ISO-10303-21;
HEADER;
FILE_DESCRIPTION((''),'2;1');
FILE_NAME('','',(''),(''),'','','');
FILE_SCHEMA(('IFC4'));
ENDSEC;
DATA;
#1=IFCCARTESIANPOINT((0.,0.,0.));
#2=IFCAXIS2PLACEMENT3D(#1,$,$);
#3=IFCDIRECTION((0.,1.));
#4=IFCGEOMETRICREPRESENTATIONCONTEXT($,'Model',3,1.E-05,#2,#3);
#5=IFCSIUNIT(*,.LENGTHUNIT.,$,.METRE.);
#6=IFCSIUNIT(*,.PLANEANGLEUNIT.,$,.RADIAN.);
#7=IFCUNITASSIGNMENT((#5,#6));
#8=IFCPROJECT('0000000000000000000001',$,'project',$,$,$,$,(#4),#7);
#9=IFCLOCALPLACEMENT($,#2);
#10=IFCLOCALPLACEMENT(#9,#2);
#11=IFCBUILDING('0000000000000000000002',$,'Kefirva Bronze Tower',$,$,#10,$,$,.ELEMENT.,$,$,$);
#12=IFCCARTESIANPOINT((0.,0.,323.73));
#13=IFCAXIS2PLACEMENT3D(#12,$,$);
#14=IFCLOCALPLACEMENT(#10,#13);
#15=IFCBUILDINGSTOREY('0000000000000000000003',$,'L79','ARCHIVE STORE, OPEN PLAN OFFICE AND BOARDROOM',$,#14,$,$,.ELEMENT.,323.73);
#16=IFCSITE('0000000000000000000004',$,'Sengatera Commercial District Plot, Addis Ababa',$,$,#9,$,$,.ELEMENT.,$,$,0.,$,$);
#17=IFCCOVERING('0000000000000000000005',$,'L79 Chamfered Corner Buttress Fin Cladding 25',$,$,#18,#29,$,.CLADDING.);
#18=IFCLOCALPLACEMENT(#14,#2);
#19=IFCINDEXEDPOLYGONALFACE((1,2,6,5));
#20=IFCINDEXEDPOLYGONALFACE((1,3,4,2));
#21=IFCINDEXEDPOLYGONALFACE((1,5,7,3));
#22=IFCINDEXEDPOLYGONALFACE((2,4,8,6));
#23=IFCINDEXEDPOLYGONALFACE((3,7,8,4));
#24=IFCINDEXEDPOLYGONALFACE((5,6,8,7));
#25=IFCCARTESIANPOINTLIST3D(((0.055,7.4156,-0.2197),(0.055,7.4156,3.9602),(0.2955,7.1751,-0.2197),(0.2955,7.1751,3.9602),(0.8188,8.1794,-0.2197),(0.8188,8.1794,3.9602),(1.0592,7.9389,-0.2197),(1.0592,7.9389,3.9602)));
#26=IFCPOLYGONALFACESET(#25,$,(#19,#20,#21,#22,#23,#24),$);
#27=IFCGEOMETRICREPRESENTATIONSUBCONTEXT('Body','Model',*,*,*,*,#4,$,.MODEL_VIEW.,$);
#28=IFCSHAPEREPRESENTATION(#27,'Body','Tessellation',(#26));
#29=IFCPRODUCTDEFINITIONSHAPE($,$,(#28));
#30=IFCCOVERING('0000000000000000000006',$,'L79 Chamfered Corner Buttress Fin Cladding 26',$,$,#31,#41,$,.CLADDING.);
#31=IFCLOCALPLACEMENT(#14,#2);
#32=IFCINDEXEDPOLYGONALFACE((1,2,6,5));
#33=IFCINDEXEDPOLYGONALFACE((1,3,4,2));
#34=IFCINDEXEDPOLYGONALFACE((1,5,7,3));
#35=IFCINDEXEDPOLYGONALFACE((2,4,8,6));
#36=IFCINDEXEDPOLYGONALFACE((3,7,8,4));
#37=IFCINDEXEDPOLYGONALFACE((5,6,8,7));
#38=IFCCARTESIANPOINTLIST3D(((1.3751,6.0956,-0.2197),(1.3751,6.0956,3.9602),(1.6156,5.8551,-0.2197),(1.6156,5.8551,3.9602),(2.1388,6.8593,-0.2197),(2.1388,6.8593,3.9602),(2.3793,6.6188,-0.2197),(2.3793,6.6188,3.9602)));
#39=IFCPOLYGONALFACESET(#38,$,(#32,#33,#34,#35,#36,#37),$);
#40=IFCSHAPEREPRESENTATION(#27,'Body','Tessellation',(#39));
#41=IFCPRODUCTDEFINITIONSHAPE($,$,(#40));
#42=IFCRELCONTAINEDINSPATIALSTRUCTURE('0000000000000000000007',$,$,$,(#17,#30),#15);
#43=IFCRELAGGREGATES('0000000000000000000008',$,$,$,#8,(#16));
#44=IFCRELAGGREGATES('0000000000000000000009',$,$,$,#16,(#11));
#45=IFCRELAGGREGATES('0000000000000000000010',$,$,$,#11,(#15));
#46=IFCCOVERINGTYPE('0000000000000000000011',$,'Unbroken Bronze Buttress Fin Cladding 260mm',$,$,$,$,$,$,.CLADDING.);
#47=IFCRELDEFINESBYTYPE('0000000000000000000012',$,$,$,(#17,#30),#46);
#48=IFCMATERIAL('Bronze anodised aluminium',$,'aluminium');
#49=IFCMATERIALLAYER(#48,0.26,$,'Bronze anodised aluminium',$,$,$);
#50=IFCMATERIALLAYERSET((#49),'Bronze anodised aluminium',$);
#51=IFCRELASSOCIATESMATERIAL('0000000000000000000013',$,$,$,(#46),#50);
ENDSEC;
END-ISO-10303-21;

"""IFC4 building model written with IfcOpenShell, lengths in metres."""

from ifc_helpers import new_model, si_unit, direction, frame, origin, origin_2d, place, context, subcontext, project, spatial, rectangle, extrude, material, layer, layer_set, type_object, element, save


model = new_model("IFC4")

# Units and contexts
model_context = context("Model", 3, precision=1e-05, world=origin(), true_north=direction((0.0, 1.0)))
body_context = subcontext(model_context, "Body", "Model", "MODEL_VIEW")
ifc_project = project(units=[si_unit("LENGTHUNIT", "METRE"), si_unit("PLANEANGLEUNIT", "RADIAN")], contexts=[model_context])

# Site, building, storey
site_placement = place(None, origin())
site = spatial("IfcSite", under=ifc_project, at=site_placement, Name="Sengatera Commercial District Plot, Addis Ababa", CompositionType="ELEMENT", RefElevation=0.0)
building_placement = place(site_placement, origin())
building = spatial("IfcBuilding", under=site, at=building_placement, Name="Kefirva Bronze Tower", CompositionType="ELEMENT")
storey_placement = place(building_placement, frame((0.0, 0.0, 323.73)))
storey = spatial("IfcBuildingStorey", under=building, at=storey_placement, Name="L79", Description="ARCHIVE STORE, OPEN PLAN OFFICE AND BOARDROOM", CompositionType="ELEMENT", Elevation=323.73)

# Shared definitions
ifc_material_1 = material(Name="Bronze anodised aluminium", Category="aluminium")

# Coverings
ifc_layer_1 = layer(ifc_material_1, 0.26, Name="Bronze anodised aluminium")
ifc_layer_set_1 = layer_set([ifc_layer_1], Name="Bronze anodised aluminium")
covering_type_1 = type_object("IfcCoveringType", Name="Unbroken Bronze Buttress Fin Cladding 260mm", PredefinedType="CLADDING", material=ifc_layer_set_1)
for number, where, z_axis, x_axis, name in (
    (1, (0.5571, 7.6772, -0.2197), (0.0, 0.0, 1.0), (0.707107, -0.707107, 0.0), "L79 Chamfered Corner Buttress Fin Cladding 25"),
    (2, (1.8772, 6.3572, -0.2197), (0.0, 0.0, 1.0), (0.707107, -0.707107, 0.0), "L79 Chamfered Corner Buttress Fin Cladding 26"),
):
    element("IfcCovering", number, at=place(storey_placement, frame(where, z_axis=z_axis, x_axis=x_axis)), inside=storey, type_object=covering_type_1, Name=name, PredefinedType="CLADDING", context=body_context, shape_type="SweptSolid", body=[
        extrude(rectangle(XDim=0.3401, YDim=1.0801, at=origin_2d()), origin(), (0.0, 0.0, 1.0), 4.1799),
    ])

save(model, "model.ifc")
